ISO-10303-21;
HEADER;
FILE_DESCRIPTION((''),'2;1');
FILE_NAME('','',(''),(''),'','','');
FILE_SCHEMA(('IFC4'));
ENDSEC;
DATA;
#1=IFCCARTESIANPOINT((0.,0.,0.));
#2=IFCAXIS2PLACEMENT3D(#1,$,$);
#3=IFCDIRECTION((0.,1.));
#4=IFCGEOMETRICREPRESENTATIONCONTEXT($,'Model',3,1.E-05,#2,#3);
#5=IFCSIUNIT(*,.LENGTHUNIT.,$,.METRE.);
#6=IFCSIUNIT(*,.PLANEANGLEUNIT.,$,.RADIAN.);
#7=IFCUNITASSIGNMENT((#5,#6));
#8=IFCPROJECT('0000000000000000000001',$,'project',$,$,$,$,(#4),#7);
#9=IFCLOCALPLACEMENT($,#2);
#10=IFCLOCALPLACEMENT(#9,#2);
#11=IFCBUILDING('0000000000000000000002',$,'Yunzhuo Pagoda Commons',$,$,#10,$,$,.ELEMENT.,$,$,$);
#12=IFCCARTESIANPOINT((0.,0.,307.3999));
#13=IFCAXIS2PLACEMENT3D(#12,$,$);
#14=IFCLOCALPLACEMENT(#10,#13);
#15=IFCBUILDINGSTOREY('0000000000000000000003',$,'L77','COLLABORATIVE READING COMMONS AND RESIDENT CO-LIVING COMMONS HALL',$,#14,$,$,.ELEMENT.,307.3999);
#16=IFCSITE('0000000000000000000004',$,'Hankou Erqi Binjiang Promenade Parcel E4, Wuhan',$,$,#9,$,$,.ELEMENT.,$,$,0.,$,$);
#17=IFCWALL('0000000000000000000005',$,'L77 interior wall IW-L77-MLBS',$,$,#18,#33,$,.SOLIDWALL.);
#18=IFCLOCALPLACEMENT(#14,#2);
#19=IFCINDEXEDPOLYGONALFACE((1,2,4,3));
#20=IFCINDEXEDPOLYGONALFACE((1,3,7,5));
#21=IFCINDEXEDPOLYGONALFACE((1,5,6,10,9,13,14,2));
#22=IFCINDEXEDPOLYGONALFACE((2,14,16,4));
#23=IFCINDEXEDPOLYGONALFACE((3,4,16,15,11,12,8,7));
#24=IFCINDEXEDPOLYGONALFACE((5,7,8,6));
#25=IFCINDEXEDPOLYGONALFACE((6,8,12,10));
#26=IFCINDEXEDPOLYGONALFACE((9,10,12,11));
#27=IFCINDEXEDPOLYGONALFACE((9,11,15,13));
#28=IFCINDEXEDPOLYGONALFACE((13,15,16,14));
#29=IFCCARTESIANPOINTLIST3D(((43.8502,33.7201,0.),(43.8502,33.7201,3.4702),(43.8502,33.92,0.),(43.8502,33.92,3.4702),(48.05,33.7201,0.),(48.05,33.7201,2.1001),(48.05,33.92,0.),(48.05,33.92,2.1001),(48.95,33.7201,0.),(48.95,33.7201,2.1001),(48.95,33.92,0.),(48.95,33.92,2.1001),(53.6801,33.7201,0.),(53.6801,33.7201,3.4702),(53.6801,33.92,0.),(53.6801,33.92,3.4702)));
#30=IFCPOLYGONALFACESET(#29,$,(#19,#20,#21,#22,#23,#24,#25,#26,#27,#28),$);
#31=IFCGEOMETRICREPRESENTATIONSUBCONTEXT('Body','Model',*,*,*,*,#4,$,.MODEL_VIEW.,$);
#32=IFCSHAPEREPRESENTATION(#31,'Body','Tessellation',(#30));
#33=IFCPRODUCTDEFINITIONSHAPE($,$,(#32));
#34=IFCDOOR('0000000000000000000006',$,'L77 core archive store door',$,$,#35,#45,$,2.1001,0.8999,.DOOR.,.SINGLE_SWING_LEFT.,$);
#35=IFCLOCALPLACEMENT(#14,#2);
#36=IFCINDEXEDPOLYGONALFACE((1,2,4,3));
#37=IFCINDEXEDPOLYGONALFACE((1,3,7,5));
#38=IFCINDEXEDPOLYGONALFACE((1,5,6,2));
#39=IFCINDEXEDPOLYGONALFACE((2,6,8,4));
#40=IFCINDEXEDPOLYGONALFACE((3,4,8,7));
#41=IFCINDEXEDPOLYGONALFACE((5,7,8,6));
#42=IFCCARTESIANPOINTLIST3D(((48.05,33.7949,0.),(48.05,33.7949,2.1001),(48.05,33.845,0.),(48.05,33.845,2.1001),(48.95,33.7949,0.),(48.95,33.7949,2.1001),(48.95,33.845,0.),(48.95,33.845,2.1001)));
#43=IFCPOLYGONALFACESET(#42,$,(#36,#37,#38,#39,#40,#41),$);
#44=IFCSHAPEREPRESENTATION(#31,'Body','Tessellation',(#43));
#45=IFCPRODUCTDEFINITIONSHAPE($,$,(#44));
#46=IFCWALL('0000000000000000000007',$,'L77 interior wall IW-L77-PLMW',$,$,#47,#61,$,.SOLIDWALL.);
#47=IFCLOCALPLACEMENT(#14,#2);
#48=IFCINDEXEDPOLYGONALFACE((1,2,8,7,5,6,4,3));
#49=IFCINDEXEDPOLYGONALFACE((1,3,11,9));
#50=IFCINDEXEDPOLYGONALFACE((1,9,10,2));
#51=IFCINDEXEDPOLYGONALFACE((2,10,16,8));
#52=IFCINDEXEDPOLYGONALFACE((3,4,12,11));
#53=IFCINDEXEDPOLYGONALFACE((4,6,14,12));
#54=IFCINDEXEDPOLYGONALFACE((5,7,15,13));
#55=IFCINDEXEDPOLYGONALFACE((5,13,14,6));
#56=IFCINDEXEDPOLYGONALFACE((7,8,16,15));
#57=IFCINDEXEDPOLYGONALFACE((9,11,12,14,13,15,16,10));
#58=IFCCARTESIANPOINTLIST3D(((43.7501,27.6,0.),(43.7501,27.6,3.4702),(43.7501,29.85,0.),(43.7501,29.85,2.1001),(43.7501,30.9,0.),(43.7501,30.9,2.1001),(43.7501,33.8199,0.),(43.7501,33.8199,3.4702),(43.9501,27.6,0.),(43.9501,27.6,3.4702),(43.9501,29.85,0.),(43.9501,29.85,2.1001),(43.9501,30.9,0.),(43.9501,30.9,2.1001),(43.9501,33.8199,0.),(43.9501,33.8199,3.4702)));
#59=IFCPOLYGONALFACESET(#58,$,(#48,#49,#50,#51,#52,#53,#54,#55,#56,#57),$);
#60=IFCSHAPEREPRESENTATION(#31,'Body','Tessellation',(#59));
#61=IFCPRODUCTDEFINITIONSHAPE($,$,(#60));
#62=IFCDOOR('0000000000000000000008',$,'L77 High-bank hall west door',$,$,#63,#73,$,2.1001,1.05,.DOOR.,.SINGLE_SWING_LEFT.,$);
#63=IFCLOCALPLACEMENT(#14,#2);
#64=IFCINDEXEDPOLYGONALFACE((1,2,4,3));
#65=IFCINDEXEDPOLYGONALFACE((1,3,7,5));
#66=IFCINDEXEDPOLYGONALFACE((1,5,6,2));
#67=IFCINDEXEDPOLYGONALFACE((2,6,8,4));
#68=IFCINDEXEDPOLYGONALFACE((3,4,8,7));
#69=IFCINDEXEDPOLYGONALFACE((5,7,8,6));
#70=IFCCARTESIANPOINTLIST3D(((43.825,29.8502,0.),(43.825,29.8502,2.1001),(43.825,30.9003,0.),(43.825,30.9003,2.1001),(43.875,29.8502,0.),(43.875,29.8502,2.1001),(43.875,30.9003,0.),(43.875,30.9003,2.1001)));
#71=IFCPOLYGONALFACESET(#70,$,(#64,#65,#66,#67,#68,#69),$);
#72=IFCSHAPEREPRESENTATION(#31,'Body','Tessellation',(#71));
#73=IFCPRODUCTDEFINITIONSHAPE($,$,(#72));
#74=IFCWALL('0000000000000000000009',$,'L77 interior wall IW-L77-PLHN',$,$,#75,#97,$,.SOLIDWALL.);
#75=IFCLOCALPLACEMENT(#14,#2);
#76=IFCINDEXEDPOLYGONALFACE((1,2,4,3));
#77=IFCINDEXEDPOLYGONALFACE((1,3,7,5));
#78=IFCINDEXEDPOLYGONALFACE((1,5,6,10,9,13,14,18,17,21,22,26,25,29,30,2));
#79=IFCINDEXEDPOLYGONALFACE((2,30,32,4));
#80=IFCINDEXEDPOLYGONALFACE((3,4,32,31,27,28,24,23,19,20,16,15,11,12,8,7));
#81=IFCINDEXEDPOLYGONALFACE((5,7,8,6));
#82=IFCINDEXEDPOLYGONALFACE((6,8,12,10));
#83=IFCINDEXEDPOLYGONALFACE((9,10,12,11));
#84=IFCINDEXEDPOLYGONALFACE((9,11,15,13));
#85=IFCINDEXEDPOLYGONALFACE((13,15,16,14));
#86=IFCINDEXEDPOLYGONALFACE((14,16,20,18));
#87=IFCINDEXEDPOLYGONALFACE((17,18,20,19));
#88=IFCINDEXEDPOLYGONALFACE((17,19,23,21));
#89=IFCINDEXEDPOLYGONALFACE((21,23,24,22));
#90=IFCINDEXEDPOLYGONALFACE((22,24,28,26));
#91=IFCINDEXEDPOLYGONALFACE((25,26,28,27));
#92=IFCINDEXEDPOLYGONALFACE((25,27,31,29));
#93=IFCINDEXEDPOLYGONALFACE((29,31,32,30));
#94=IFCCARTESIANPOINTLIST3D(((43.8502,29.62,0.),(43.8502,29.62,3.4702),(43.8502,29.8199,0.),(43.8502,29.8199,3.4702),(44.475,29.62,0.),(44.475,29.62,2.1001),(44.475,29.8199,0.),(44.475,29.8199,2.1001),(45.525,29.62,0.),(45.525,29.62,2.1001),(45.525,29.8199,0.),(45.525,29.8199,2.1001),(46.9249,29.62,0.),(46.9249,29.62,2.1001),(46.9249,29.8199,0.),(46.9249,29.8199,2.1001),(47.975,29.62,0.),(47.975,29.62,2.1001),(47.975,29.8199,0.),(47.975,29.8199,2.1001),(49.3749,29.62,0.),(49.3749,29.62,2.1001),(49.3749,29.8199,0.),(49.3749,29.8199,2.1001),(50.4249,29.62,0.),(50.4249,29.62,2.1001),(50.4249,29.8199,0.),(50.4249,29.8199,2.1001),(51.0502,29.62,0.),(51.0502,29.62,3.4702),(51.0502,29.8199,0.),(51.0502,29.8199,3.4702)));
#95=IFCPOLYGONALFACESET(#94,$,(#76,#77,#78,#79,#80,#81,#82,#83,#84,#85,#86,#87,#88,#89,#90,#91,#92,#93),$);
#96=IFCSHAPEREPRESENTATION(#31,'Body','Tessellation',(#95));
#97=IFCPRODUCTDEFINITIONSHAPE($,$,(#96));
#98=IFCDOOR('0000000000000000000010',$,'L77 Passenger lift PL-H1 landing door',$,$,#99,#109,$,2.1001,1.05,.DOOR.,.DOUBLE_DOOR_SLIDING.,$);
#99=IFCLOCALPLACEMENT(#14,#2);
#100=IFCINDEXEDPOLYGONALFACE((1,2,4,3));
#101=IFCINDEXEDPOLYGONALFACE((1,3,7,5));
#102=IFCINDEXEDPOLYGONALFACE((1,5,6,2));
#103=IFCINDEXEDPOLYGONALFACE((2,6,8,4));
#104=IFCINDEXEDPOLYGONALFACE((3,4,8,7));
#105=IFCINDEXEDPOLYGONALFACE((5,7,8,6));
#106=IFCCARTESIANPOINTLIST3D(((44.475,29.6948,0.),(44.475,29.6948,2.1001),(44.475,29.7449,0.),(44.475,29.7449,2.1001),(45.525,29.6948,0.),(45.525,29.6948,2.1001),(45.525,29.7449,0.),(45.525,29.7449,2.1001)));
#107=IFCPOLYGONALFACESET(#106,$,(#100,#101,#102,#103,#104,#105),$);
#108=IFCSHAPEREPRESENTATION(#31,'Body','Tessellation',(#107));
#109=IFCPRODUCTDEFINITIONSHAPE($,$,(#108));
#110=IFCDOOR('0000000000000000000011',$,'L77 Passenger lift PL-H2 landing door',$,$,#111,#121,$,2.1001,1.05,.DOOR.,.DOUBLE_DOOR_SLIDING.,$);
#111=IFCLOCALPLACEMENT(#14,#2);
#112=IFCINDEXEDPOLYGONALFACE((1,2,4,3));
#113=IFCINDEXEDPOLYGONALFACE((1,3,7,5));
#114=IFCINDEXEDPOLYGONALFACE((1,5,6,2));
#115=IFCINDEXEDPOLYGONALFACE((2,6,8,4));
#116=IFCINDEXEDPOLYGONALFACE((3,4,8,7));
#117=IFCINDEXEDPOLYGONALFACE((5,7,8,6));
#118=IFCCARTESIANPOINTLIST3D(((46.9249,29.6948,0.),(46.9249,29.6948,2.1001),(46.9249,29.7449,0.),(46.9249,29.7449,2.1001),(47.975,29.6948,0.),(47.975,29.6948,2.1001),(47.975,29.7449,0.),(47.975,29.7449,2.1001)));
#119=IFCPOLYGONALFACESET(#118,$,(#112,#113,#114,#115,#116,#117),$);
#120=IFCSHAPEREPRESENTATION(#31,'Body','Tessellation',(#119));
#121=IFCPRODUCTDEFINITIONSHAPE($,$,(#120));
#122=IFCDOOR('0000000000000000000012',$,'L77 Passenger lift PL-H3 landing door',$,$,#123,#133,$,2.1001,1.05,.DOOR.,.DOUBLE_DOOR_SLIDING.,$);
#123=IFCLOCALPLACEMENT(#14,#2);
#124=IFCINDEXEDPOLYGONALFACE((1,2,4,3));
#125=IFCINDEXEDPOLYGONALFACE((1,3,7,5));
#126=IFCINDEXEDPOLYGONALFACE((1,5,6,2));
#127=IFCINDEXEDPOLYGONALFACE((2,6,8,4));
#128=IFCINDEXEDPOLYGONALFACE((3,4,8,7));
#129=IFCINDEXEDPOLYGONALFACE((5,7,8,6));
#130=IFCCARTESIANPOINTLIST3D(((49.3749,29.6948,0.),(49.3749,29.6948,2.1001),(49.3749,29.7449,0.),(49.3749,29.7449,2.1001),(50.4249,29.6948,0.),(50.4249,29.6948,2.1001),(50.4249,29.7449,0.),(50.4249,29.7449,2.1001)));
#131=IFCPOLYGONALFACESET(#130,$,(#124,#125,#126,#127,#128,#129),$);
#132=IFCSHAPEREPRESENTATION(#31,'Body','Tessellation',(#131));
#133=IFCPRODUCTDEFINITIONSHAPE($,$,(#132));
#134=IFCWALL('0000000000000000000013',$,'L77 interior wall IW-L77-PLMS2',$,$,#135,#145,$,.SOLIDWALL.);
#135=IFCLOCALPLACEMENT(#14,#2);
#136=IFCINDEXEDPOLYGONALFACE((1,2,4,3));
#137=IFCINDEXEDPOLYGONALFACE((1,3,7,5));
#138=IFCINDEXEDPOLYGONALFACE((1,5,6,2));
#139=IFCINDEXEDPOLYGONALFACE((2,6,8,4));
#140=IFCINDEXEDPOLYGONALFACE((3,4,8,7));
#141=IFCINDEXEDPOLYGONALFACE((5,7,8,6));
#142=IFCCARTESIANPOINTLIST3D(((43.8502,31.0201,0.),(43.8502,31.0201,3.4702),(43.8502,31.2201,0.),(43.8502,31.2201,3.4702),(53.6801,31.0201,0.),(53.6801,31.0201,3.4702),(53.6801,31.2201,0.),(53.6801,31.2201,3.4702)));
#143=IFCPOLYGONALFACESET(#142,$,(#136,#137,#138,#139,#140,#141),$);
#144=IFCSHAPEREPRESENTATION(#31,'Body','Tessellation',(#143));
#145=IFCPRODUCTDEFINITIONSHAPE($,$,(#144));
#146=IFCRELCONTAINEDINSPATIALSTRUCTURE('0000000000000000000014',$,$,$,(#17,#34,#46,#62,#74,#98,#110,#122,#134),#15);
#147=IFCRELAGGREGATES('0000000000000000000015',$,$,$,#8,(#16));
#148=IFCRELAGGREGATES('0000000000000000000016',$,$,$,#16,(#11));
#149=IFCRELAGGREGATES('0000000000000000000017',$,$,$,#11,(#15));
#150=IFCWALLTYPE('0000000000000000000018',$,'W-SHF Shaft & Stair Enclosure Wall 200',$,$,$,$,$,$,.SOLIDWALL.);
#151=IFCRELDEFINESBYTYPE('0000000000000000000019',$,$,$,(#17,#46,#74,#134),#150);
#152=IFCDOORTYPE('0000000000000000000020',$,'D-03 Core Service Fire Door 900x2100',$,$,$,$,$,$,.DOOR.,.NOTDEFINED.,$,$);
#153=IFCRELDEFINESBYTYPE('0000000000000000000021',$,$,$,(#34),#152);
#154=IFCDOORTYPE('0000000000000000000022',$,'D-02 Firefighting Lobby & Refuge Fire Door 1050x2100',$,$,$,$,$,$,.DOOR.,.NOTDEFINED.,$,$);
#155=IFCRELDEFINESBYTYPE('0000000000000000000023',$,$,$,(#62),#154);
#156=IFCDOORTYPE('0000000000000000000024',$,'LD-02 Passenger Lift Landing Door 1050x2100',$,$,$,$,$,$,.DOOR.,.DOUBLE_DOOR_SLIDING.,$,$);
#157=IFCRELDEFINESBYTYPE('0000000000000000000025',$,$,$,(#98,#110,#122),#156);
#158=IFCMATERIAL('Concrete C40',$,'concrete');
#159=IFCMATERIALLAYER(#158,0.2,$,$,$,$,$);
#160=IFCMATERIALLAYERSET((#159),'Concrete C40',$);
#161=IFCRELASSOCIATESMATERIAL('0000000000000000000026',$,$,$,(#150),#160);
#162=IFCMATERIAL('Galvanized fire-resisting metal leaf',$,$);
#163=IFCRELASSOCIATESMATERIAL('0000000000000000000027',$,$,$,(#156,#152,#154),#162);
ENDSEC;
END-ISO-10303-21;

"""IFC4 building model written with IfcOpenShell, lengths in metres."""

from ifc_helpers import new_model, si_unit, direction, frame, frame_2d, origin, origin_with_axes, place, context, subcontext, project, spatial, rectangle, extrude, source, transform, mapped, material, layer, layer_set, type_object, element, fill, save


model = new_model("IFC4")

# Units and contexts
model_context = context("Model", 3, precision=1e-05, world=origin(), true_north=direction((0.0, 1.0)))
body_context = subcontext(model_context, "Body", "Model", "MODEL_VIEW")
ifc_project = project(units=[si_unit("LENGTHUNIT", "METRE"), si_unit("PLANEANGLEUNIT", "RADIAN")], contexts=[model_context])

# Site, building, storey
site_placement = place(None, origin())
site = spatial("IfcSite", under=ifc_project, at=site_placement, Name="Hankou Erqi Binjiang Promenade Parcel E4, Wuhan", CompositionType="ELEMENT", RefElevation=0.0)
building_placement = place(site_placement, origin())
building = spatial("IfcBuilding", under=site, at=building_placement, Name="Yunzhuo Pagoda Commons", CompositionType="ELEMENT")
storey_placement = place(building_placement, frame((0.0, 0.0, 307.3999)))
storey = spatial("IfcBuildingStorey", under=building, at=storey_placement, Name="L77", Description="COLLABORATIVE READING COMMONS AND RESIDENT CO-LIVING COMMONS HALL", CompositionType="ELEMENT", Elevation=307.3999)

# Shared definitions
ifc_material_1 = material(Name="Galvanized fire-resisting metal leaf")

# Shared definitions
ifc_material_2 = material(Name="Concrete C40", Category="concrete")
ifc_layer_1 = layer(ifc_material_2, 0.2)
ifc_layer_set_1 = layer_set([ifc_layer_1], Name="Concrete C40")
wall_type_1 = type_object("IfcWallType", Name="W-SHF Shaft & Stair Enclosure Wall 200", PredefinedType="SOLIDWALL", material=ifc_layer_set_1)
door_type_1 = type_object("IfcDoorType", Name="LD-02 Passenger Lift Landing Door 1050x2100", OperationType="DOUBLE_DOOR_SLIDING", PredefinedType="DOOR", material=ifc_material_1)
shared_shape_1 = source(origin(), body_context, "Body", "SweptSolid", [
    extrude(rectangle(XDim=1.05, YDim=2.1001, at=frame_2d((0.5249, 1.05))), frame((0.0, 0.0249, 0.0), z_axis=(0.0, -1.0, 0.0), x_axis=(1.0, 0.0, 0.0)), (0.0, 0.0, 1.0), 0.05),
])

# Walls, openings, doors
wall_1_placement = place(storey_placement, frame((43.8501, 33.8201, 0.0), z_axis=(0.0, 0.0, 1.0), x_axis=(1.0, 0.0, 0.0)))
wall_1 = element("IfcWall", 1, at=wall_1_placement, inside=storey, type_object=wall_type_1, Name="L77 interior wall IW-L77-MLBS", PredefinedType="SOLIDWALL", context=body_context, shape_type="SweptSolid", body=[
    extrude(rectangle(XDim=9.8298, YDim=0.2, at=frame_2d((4.915, 0.0))), origin(), (0.0, 0.0, 1.0), 3.4702),
])
opening_1_placement = place(wall_1_placement, frame((4.2, 0.0, 0.0)))
opening_1 = element("IfcOpeningElement", 2, at=opening_1_placement, cuts=wall_1, PredefinedType="OPENING", context=body_context, shape_type="SweptSolid", body=[
    extrude(rectangle(XDim=0.8999, YDim=2.1001, at=frame_2d((0.45, 1.05))), frame((0.0, 0.1099, 0.0), z_axis=(0.0, -1.0, 0.0), x_axis=(1.0, 0.0, 0.0)), (0.0, 0.0, 1.0), 0.22),
])
door_type_2 = type_object("IfcDoorType", Name="D-03 Core Service Fire Door 900x2100", OperationType="NOTDEFINED", PredefinedType="DOOR", material=ifc_material_1)
shared_shape_2 = source(origin(), body_context, "Body", "SweptSolid", [
    extrude(rectangle(XDim=0.8999, YDim=2.1001, at=frame_2d((0.45, 1.05))), frame((0.0, 0.0249, 0.0), z_axis=(0.0, -1.0, 0.0), x_axis=(1.0, 0.0, 0.0)), (0.0, 0.0, 1.0), 0.05),
])
door_1_placement = place(opening_1_placement, origin_with_axes())
door_1 = element("IfcDoor", 3, at=door_1_placement, inside=storey, type_object=door_type_2, Name="L77 core archive store door", OperationType="SINGLE_SWING_LEFT", OverallHeight=2.1001, OverallWidth=0.8999, PredefinedType="DOOR", context=body_context, shape_type="MappedRepresentation", body=[
    mapped(shared_shape_2, transform((0.0, 0.0, 0.0), scale=1.0)),
])
fill(opening_1, door_1)
wall_2_placement = place(storey_placement, frame((43.8501, 27.6001, 0.0), z_axis=(0.0, 0.0, 1.0), x_axis=(0.0, 1.0, 0.0)))
wall_2 = element("IfcWall", 4, at=wall_2_placement, inside=storey, type_object=wall_type_1, Name="L77 interior wall IW-L77-PLMW", PredefinedType="SOLIDWALL", context=body_context, shape_type="SweptSolid", body=[
    extrude(rectangle(XDim=6.22, YDim=0.2, at=frame_2d((3.1099, 0.0))), origin(), (0.0, 0.0, 1.0), 3.4702),
])
opening_2_placement = place(wall_2_placement, frame((2.25, 0.0, 0.0)))
opening_2 = element("IfcOpeningElement", 5, at=opening_2_placement, cuts=wall_2, PredefinedType="OPENING", context=body_context, shape_type="SweptSolid", body=[
    extrude(rectangle(XDim=1.05, YDim=2.1001, at=frame_2d((0.5249, 1.05))), frame((0.0, 0.1099, 0.0), z_axis=(0.0, -1.0, 0.0), x_axis=(1.0, 0.0, 0.0)), (0.0, 0.0, 1.0), 0.22),
])
door_type_3 = type_object("IfcDoorType", Name="D-02 Firefighting Lobby & Refuge Fire Door 1050x2100", OperationType="NOTDEFINED", PredefinedType="DOOR", material=ifc_material_1)
door_2_placement = place(opening_2_placement, frame((1.05, 0.0, 0.0), z_axis=(0.0, 0.0, 1.0), x_axis=(-1.0, 0.0, 0.0)))
door_2 = element("IfcDoor", 6, at=door_2_placement, inside=storey, type_object=door_type_3, Name="L77 High-bank hall west door", OperationType="SINGLE_SWING_LEFT", OverallHeight=2.1001, OverallWidth=1.05, PredefinedType="DOOR", context=body_context, shape_type="MappedRepresentation", body=[
    mapped(shared_shape_1, transform((0.0, 0.0, 0.0), scale=1.0)),
])
fill(opening_2, door_2)

# Wall, openings, doors
wall_3_placement = place(storey_placement, frame((43.8501, 29.72, 0.0), z_axis=(0.0, 0.0, 1.0), x_axis=(1.0, 0.0, 0.0)))
wall_3 = element("IfcWall", 7, at=wall_3_placement, inside=storey, type_object=wall_type_1, Name="L77 interior wall IW-L77-PLHN", PredefinedType="SOLIDWALL", context=body_context, shape_type="SweptSolid", body=[
    extrude(rectangle(XDim=7.2, YDim=0.2, at=frame_2d((3.6001, 0.0))), origin(), (0.0, 0.0, 1.0), 3.4702),
])
opening_3_placement = place(wall_3_placement, frame((0.625, 0.0, 0.0)))
opening_3 = element("IfcOpeningElement", 8, at=opening_3_placement, cuts=wall_3, PredefinedType="OPENING", context=body_context, shape_type="SweptSolid", body=[
    extrude(rectangle(XDim=1.05, YDim=2.1001, at=frame_2d((0.5249, 1.05))), frame((0.0, 0.1099, 0.0), z_axis=(0.0, -1.0, 0.0), x_axis=(1.0, 0.0, 0.0)), (0.0, 0.0, 1.0), 0.22),
])
opening_4_placement = place(wall_3_placement, frame((3.075, 0.0, 0.0)))
opening_4 = element("IfcOpeningElement", 9, at=opening_4_placement, cuts=wall_3, PredefinedType="OPENING", context=body_context, shape_type="SweptSolid", body=[
    extrude(rectangle(XDim=1.05, YDim=2.1001, at=frame_2d((0.5249, 1.05))), frame((0.0, 0.1099, 0.0), z_axis=(0.0, -1.0, 0.0), x_axis=(1.0, 0.0, 0.0)), (0.0, 0.0, 1.0), 0.22),
])
opening_5_placement = place(wall_3_placement, frame((5.5249, 0.0, 0.0)))
opening_5 = element("IfcOpeningElement", 10, at=opening_5_placement, cuts=wall_3, PredefinedType="OPENING", context=body_context, shape_type="SweptSolid", body=[
    extrude(rectangle(XDim=1.05, YDim=2.1001, at=frame_2d((0.5249, 1.05))), frame((0.0, 0.1099, 0.0), z_axis=(0.0, -1.0, 0.0), x_axis=(1.0, 0.0, 0.0)), (0.0, 0.0, 1.0), 0.22),
])
door_3_placement = place(opening_3_placement, origin_with_axes())
door_3 = element("IfcDoor", 11, at=door_3_placement, inside=storey, type_object=door_type_1, Name="L77 Passenger lift PL-H1 landing door", OperationType="DOUBLE_DOOR_SLIDING", OverallHeight=2.1001, OverallWidth=1.05, PredefinedType="DOOR", context=body_context, shape_type="MappedRepresentation", body=[
    mapped(shared_shape_1, transform((0.0, 0.0, 0.0), scale=1.0)),
])
fill(opening_3, door_3)
door_4_placement = place(opening_4_placement, origin_with_axes())
door_4 = element("IfcDoor", 12, at=door_4_placement, inside=storey, type_object=door_type_1, Name="L77 Passenger lift PL-H2 landing door", OperationType="DOUBLE_DOOR_SLIDING", OverallHeight=2.1001, OverallWidth=1.05, PredefinedType="DOOR", context=body_context, shape_type="MappedRepresentation", body=[
    mapped(shared_shape_1, transform((0.0, 0.0, 0.0), scale=1.0)),
])
fill(opening_4, door_4)
door_5_placement = place(opening_5_placement, origin_with_axes())
door_5 = element("IfcDoor", 13, at=door_5_placement, inside=storey, type_object=door_type_1, Name="L77 Passenger lift PL-H3 landing door", OperationType="DOUBLE_DOOR_SLIDING", OverallHeight=2.1001, OverallWidth=1.05, PredefinedType="DOOR", context=body_context, shape_type="MappedRepresentation", body=[
    mapped(shared_shape_1, transform((0.0, 0.0, 0.0), scale=1.0)),
])
fill(opening_5, door_5)

# Wall
wall_4_placement = place(storey_placement, frame((43.8501, 31.1201, 0.0), z_axis=(0.0, 0.0, 1.0), x_axis=(1.0, 0.0, 0.0)))
element("IfcWall", 14, at=wall_4_placement, inside=storey, type_object=wall_type_1, Name="L77 interior wall IW-L77-PLMS2", PredefinedType="SOLIDWALL", context=body_context, shape_type="SweptSolid", body=[
    extrude(rectangle(XDim=9.8298, YDim=0.2, at=frame_2d((4.915, 0.0))), origin(), (0.0, 0.0, 1.0), 3.4702),
])

save(model, "model.ifc")
